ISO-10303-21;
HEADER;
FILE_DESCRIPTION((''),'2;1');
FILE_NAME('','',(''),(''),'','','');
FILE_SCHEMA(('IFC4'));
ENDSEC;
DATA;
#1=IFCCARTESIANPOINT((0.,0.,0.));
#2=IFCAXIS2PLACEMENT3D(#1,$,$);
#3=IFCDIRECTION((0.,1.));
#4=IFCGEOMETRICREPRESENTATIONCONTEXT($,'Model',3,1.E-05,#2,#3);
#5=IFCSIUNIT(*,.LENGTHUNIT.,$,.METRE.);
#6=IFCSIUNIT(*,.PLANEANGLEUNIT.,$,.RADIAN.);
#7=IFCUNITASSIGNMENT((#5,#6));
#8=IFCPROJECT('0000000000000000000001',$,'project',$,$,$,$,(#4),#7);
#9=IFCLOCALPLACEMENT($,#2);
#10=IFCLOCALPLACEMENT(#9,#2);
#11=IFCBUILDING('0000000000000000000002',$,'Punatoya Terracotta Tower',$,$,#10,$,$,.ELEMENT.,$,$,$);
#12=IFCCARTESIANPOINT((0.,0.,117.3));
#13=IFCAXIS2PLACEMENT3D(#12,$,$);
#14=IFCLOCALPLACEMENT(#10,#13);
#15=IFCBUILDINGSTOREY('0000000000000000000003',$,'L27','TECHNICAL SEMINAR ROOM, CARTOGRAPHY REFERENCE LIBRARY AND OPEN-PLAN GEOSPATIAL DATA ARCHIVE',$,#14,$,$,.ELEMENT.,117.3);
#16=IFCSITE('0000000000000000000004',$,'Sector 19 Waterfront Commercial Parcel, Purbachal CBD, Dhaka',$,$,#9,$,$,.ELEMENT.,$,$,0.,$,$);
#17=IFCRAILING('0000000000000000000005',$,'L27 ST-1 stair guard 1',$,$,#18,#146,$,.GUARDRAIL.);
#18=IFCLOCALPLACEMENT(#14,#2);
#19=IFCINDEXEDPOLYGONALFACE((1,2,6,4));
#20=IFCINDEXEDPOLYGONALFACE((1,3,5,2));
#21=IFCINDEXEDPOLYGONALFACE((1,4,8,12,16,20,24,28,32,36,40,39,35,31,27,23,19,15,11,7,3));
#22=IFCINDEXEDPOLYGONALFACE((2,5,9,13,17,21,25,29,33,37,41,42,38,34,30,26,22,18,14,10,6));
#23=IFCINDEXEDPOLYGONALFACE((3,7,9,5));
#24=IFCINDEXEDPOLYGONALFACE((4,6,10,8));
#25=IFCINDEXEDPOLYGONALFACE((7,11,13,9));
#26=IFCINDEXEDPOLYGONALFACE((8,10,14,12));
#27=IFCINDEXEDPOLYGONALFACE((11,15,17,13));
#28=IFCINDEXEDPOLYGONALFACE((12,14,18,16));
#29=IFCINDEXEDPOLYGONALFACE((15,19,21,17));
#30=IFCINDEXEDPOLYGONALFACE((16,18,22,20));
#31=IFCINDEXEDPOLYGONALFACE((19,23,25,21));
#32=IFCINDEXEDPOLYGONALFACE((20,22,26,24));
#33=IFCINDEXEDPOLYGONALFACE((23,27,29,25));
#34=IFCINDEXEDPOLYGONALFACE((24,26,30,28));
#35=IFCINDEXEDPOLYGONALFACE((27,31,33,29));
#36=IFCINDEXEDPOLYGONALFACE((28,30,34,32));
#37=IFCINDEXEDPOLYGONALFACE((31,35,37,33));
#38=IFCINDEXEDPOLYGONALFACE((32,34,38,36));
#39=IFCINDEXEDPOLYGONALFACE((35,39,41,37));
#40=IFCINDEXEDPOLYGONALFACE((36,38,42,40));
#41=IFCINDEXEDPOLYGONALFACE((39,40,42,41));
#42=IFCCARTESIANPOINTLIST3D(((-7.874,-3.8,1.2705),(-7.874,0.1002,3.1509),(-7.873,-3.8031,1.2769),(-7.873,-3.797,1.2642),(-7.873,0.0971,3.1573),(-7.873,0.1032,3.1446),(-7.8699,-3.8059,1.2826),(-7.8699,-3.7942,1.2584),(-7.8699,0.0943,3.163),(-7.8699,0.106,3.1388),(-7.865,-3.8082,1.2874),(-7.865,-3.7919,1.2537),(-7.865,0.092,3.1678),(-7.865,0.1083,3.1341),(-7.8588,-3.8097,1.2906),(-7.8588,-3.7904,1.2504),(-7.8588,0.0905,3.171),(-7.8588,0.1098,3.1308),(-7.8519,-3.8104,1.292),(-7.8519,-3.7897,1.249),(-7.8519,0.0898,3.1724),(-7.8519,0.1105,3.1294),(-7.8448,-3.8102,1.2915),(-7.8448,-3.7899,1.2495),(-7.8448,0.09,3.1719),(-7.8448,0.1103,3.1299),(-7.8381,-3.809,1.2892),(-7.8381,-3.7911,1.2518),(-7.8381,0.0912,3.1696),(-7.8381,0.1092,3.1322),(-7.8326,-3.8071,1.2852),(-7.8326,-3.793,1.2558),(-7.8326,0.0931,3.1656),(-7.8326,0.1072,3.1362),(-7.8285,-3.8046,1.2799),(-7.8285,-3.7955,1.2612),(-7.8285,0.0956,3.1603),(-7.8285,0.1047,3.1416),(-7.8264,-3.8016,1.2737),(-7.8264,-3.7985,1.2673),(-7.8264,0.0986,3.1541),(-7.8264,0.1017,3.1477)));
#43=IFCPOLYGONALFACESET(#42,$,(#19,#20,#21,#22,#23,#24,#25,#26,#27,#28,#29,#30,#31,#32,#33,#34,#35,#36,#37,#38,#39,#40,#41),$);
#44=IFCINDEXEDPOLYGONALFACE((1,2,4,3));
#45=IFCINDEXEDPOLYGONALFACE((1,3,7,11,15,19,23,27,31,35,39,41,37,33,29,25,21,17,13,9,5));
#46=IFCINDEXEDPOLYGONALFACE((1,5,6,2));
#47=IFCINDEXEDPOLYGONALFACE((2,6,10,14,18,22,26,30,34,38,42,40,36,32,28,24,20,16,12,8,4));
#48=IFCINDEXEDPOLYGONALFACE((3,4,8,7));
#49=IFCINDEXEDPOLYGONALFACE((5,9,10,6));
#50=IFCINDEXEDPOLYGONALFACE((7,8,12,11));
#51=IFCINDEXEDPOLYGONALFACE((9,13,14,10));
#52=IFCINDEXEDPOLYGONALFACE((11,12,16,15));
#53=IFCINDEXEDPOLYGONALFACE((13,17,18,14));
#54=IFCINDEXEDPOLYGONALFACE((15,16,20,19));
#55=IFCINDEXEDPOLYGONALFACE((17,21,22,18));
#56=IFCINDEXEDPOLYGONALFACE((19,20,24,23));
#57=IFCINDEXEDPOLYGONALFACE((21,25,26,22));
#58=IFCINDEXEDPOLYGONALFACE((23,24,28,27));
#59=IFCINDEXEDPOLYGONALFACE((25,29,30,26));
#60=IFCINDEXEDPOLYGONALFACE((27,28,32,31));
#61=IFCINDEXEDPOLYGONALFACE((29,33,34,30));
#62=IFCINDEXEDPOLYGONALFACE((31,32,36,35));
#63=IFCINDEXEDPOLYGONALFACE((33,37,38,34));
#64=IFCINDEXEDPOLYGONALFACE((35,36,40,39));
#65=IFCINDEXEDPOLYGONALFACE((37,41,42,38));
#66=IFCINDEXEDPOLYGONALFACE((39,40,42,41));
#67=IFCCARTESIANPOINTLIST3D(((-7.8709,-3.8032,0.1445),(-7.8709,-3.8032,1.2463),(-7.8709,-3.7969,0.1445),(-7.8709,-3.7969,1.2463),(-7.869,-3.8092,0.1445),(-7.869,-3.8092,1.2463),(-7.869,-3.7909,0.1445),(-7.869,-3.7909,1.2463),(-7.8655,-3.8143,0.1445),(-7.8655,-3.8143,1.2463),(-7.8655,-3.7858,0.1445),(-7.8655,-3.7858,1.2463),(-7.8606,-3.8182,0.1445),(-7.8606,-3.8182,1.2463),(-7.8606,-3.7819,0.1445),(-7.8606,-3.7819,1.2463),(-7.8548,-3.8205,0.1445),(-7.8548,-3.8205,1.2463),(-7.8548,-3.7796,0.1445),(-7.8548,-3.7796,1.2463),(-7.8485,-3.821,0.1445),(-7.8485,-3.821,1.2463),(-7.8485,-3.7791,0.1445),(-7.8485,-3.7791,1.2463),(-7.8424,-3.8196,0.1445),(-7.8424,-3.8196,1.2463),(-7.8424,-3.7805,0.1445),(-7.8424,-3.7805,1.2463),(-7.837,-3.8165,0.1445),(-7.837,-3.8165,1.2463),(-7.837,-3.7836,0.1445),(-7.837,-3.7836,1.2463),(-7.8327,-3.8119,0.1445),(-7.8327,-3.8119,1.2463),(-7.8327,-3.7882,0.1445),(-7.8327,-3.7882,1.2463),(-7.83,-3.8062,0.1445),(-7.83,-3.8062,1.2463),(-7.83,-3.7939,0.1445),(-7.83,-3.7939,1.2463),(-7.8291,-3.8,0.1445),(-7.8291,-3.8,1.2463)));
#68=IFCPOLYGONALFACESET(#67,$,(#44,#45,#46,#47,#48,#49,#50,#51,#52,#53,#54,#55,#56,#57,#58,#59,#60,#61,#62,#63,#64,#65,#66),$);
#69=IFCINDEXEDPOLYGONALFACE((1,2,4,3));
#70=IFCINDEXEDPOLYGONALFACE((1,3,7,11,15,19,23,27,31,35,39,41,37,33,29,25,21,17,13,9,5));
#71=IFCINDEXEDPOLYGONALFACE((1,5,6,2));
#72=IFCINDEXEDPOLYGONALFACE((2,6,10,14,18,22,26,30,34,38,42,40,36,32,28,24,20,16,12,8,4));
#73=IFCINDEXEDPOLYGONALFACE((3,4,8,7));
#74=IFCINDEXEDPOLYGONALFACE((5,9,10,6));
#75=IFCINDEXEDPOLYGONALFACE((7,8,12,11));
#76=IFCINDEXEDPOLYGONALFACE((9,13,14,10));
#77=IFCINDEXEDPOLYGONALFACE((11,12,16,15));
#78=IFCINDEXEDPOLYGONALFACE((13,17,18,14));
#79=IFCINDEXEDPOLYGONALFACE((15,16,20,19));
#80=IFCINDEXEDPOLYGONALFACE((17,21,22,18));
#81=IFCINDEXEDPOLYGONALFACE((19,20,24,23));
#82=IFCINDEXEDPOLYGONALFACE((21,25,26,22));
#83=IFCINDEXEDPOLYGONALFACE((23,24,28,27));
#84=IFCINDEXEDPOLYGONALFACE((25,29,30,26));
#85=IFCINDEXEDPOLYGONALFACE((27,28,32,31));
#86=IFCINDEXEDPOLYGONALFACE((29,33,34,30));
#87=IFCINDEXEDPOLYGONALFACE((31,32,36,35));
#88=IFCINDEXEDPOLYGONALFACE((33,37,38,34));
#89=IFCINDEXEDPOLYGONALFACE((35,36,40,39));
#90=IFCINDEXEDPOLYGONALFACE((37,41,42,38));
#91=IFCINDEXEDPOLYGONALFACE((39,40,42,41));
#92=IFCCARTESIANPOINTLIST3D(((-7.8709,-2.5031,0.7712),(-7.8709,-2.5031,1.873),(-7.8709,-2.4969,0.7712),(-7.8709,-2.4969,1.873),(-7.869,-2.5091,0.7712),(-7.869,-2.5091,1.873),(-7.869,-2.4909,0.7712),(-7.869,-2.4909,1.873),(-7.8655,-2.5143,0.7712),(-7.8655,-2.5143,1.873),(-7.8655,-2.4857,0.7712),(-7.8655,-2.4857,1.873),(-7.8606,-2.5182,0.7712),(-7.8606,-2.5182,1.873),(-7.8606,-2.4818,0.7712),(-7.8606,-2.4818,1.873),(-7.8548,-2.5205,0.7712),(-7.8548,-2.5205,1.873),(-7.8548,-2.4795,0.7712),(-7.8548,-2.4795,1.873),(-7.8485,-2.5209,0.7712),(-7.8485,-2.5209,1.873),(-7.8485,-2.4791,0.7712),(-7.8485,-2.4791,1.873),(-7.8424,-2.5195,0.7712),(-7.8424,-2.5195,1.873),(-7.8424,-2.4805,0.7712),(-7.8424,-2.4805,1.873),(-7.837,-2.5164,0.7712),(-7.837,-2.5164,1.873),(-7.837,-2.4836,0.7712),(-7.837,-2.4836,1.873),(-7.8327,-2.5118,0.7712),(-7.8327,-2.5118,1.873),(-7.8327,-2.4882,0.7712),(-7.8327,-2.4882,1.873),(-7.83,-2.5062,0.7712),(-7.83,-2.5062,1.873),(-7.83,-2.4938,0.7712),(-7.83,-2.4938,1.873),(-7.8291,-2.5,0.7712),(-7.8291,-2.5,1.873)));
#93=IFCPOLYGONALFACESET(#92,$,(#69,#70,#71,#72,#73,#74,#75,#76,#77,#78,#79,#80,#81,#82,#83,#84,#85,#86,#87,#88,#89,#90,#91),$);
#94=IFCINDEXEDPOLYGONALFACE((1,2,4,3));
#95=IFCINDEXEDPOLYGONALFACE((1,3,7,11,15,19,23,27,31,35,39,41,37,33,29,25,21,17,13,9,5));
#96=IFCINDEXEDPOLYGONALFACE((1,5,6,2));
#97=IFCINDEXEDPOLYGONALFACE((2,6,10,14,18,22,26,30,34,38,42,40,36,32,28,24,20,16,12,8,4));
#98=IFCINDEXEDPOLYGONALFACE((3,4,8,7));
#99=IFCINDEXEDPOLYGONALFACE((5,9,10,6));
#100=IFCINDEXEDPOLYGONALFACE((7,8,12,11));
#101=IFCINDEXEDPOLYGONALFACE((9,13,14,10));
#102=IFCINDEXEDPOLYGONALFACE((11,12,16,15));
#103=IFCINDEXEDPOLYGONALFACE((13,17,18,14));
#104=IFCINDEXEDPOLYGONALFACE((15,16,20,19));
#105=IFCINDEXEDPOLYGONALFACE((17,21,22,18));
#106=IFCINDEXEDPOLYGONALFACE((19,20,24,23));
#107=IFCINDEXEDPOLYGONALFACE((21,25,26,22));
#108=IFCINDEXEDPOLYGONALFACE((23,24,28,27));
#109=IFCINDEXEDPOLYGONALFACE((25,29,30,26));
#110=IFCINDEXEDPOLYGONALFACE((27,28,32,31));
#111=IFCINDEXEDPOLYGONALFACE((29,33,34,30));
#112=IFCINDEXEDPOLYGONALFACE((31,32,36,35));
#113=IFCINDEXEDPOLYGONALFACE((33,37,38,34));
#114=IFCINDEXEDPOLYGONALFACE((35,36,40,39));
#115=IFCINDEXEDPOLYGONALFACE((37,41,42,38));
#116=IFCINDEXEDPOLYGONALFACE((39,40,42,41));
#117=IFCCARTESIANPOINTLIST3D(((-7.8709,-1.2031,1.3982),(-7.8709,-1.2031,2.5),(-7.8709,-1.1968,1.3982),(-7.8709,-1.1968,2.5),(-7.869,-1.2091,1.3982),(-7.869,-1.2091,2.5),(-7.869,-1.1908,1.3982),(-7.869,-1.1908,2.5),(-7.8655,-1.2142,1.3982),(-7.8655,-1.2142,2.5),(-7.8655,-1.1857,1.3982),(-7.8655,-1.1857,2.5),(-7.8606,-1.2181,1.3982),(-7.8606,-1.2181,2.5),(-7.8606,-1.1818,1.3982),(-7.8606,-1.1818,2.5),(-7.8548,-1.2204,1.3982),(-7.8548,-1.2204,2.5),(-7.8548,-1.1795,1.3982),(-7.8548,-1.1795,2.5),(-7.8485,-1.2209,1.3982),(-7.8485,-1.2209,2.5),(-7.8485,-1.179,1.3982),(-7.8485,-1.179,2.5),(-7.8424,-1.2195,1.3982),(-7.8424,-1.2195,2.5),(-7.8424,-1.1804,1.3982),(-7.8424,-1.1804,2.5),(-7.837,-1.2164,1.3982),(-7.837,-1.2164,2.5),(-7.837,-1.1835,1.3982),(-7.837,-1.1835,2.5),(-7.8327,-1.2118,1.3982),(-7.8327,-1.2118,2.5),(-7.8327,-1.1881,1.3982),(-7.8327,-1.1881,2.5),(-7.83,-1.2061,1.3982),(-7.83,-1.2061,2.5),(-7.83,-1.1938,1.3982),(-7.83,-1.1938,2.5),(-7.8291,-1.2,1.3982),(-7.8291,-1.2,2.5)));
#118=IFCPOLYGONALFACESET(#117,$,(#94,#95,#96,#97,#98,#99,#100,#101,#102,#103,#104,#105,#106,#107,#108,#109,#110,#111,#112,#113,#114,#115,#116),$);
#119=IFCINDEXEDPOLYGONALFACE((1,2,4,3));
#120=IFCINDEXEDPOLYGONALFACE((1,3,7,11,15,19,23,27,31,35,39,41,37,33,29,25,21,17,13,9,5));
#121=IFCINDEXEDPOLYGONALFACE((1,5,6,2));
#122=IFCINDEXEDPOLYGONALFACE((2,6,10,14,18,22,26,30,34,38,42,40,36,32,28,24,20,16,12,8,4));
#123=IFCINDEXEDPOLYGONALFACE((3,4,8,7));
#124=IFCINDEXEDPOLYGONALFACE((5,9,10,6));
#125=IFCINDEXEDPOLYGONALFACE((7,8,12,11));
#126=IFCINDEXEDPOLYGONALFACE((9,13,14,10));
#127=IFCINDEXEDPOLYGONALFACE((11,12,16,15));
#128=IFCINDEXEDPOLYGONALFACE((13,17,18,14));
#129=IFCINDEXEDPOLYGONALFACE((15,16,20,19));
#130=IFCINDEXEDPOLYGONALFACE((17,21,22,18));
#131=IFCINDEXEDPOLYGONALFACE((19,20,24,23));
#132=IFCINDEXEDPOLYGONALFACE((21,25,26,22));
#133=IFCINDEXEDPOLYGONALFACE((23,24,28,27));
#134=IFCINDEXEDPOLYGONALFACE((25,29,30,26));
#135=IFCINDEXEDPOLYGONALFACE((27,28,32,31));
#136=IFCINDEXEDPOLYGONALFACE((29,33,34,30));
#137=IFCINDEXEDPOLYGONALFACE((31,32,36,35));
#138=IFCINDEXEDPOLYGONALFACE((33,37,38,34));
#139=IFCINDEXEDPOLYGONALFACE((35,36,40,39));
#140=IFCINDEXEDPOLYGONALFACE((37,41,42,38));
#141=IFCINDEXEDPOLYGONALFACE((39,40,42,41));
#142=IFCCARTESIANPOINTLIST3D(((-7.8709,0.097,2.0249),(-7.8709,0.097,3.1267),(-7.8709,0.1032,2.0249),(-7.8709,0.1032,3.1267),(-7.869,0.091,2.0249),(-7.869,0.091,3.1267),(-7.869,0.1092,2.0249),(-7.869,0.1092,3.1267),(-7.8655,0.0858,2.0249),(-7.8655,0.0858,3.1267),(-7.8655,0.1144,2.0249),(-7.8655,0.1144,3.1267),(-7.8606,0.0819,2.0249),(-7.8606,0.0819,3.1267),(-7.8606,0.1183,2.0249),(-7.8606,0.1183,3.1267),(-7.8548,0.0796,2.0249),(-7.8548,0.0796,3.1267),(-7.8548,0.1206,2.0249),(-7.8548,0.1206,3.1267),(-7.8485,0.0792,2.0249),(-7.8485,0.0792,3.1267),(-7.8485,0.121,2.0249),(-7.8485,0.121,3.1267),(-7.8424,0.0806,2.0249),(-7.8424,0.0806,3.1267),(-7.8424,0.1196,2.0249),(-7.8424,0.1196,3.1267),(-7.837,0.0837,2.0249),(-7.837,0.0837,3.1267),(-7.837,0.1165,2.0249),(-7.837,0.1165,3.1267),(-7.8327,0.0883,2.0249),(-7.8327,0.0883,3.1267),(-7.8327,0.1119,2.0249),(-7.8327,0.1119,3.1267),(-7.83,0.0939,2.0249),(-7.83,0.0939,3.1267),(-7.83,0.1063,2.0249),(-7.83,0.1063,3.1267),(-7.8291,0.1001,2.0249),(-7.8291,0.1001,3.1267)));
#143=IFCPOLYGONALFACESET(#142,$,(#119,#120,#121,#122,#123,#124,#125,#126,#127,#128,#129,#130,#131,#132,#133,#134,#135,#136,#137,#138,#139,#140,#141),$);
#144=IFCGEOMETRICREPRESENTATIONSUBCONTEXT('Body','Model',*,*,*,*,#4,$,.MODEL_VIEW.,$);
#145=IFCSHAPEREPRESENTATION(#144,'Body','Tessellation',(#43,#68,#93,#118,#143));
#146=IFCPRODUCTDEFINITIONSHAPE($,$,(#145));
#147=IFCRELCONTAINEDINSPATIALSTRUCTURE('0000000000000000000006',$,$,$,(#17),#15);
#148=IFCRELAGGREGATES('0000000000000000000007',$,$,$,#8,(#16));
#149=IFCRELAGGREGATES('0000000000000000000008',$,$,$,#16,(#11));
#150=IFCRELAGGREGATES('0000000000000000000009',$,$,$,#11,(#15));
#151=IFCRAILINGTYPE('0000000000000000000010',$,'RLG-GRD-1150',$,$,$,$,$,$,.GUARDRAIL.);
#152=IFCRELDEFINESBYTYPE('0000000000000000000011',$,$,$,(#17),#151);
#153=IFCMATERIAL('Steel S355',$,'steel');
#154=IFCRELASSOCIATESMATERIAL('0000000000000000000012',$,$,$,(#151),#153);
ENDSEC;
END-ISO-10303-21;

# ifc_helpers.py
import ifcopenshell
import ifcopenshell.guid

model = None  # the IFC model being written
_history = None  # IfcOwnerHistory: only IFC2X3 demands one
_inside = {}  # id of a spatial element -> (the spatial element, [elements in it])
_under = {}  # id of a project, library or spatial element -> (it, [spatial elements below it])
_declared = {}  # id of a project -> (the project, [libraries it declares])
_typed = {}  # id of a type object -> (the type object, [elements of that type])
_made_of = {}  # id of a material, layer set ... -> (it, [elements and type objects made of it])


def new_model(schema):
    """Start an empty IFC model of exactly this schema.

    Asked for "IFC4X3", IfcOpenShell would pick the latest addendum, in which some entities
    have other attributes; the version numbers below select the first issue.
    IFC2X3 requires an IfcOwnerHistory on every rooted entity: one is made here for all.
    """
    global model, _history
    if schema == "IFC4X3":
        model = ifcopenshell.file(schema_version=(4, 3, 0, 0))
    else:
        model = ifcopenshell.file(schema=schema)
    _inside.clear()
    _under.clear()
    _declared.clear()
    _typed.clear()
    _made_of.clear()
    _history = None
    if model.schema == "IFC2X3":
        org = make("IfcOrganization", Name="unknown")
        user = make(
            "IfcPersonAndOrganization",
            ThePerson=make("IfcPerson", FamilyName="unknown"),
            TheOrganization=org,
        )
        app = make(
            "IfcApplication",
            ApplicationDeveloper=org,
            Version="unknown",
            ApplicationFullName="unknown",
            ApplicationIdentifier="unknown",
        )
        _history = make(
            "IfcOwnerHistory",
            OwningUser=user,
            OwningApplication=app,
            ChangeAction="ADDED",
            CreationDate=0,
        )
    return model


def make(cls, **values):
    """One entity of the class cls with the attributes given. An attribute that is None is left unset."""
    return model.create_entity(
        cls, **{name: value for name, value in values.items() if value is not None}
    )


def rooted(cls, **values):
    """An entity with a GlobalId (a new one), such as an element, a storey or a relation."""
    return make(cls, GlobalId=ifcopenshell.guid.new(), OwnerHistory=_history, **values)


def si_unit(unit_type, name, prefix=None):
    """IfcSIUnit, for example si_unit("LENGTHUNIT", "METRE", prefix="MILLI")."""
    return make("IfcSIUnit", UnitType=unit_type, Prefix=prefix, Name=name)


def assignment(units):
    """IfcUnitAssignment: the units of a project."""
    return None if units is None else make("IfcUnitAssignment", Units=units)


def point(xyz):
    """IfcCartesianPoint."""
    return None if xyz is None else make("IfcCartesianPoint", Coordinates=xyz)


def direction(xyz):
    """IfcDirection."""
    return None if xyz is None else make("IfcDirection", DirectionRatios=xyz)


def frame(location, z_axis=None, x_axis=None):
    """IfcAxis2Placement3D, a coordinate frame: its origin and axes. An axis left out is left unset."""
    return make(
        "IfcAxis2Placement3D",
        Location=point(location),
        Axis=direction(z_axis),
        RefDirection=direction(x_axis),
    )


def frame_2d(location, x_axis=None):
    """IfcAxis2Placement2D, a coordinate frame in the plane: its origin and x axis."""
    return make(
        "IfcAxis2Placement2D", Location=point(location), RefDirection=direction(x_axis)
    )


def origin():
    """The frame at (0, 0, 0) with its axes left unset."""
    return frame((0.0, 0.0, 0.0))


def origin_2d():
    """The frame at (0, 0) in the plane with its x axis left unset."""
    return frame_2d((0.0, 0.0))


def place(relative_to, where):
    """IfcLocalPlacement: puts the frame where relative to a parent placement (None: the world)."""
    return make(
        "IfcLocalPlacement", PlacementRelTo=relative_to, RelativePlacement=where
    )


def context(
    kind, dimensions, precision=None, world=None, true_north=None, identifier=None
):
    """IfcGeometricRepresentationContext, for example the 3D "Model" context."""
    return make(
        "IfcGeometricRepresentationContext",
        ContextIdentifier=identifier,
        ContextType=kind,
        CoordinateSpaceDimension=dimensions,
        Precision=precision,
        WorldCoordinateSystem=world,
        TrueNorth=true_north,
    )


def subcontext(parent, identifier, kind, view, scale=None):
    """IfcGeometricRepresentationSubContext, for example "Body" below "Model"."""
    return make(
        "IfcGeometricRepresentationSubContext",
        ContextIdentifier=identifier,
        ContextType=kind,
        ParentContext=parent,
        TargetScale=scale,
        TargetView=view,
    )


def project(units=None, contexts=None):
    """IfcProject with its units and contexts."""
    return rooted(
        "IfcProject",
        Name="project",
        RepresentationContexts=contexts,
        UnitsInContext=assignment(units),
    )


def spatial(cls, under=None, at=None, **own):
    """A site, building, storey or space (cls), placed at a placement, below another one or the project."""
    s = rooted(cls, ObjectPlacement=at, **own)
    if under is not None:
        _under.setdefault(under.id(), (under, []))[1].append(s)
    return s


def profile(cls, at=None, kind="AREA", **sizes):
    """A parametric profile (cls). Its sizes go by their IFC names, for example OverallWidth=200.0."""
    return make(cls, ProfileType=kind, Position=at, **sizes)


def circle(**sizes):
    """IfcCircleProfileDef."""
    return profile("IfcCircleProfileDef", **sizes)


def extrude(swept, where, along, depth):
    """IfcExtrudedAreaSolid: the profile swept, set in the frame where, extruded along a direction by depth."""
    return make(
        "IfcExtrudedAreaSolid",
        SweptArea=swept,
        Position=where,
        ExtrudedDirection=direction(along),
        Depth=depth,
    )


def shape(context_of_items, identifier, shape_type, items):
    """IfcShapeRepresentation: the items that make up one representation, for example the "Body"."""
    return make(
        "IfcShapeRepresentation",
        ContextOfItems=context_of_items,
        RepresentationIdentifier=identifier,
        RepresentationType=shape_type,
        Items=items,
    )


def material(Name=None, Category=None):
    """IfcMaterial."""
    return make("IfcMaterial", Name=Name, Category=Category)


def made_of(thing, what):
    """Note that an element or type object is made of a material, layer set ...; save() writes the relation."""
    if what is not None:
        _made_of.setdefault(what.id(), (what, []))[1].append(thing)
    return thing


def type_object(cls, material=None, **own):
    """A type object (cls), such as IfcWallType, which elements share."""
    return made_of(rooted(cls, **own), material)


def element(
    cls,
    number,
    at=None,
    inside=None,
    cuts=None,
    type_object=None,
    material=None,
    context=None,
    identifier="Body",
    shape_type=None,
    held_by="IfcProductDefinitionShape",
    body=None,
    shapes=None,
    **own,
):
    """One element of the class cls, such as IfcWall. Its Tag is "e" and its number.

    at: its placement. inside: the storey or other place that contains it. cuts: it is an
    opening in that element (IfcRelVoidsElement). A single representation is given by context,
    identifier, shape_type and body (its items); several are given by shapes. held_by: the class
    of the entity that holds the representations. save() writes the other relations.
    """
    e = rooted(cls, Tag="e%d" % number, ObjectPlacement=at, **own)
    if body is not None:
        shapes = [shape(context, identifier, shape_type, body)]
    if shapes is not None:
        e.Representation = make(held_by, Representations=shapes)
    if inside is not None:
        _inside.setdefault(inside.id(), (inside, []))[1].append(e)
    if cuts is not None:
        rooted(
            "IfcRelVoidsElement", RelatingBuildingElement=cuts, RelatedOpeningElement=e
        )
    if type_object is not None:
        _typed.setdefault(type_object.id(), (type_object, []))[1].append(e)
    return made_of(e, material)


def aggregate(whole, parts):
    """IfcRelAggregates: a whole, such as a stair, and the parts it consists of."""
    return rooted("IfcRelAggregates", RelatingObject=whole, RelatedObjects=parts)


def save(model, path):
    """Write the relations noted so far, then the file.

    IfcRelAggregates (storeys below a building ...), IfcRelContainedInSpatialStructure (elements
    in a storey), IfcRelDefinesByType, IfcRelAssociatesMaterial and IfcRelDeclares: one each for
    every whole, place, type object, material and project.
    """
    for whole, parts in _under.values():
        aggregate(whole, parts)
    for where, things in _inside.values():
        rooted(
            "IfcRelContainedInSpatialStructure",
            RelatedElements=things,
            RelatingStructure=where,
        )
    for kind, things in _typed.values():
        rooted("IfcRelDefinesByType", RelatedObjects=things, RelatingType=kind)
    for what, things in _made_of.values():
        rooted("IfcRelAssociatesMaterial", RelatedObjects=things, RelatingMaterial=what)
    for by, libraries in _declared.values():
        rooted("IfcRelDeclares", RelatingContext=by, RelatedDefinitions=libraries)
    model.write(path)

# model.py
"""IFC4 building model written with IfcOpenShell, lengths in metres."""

from ifc_helpers import new_model, si_unit, direction, frame, origin, origin_2d, place, context, subcontext, project, spatial, circle, extrude, material, type_object, element, save


model = new_model("IFC4")

# Units and contexts
model_context = context("Model", 3, precision=1e-05, world=origin(), true_north=direction((0.0, 1.0)))
body_context = subcontext(model_context, "Body", "Model", "MODEL_VIEW")
ifc_project = project(units=[si_unit("LENGTHUNIT", "METRE"), si_unit("PLANEANGLEUNIT", "RADIAN")], contexts=[model_context])

# Site, building, storey
site_placement = place(None, origin())
site = spatial("IfcSite", under=ifc_project, at=site_placement, Name="Sector 19 Waterfront Commercial Parcel, Purbachal CBD, Dhaka", CompositionType="ELEMENT", RefElevation=0.0)
building_placement = place(site_placement, origin())
building = spatial("IfcBuilding", under=site, at=building_placement, Name="Punatoya Terracotta Tower", CompositionType="ELEMENT")
storey_placement = place(building_placement, frame((0.0, 0.0, 117.3)))
storey = spatial("IfcBuildingStorey", under=building, at=storey_placement, Name="L27", Description="TECHNICAL SEMINAR ROOM, CARTOGRAPHY REFERENCE LIBRARY AND OPEN-PLAN GEOSPATIAL DATA ARCHIVE", CompositionType="ELEMENT", Elevation=117.3)

# Railing
ifc_material_1 = material(Name="Steel S355", Category="steel")
railing_type_1 = type_object("IfcRailingType", Name="RLG-GRD-1150", PredefinedType="GUARDRAIL", material=ifc_material_1)
railing_1_placement = place(storey_placement, frame((-7.8501, -3.8, 0.1445)))
element("IfcRailing", 1, at=railing_1_placement, inside=storey, type_object=railing_type_1, Name="L27 ST-1 stair guard 1", PredefinedType="GUARDRAIL", context=body_context, shape_type="SweptSolid", body=[
    extrude(circle(Radius=0.0239, at=origin_2d()), frame((0.0, 0.0, 1.126), z_axis=(0.0, 0.900774, 0.434289), x_axis=(-1.0, 0.0, 0.0)), (0.0, 0.0, 1.0), 4.3298),
    extrude(circle(Radius=0.021, at=origin_2d()), origin(), (0.0, 0.0, 1.0), 1.1018),
    extrude(circle(Radius=0.021, at=origin_2d()), frame((0.0, 1.3, 0.6267)), (0.0, 0.0, 1.0), 1.1018),
    extrude(circle(Radius=0.021, at=origin_2d()), frame((0.0, 2.6001, 1.2537)), (0.0, 0.0, 1.0), 1.1018),
    extrude(circle(Radius=0.021, at=origin_2d()), frame((0.0, 3.9001, 1.8804)), (0.0, 0.0, 1.0), 1.1018),
])

save(model, "model.ifc")
